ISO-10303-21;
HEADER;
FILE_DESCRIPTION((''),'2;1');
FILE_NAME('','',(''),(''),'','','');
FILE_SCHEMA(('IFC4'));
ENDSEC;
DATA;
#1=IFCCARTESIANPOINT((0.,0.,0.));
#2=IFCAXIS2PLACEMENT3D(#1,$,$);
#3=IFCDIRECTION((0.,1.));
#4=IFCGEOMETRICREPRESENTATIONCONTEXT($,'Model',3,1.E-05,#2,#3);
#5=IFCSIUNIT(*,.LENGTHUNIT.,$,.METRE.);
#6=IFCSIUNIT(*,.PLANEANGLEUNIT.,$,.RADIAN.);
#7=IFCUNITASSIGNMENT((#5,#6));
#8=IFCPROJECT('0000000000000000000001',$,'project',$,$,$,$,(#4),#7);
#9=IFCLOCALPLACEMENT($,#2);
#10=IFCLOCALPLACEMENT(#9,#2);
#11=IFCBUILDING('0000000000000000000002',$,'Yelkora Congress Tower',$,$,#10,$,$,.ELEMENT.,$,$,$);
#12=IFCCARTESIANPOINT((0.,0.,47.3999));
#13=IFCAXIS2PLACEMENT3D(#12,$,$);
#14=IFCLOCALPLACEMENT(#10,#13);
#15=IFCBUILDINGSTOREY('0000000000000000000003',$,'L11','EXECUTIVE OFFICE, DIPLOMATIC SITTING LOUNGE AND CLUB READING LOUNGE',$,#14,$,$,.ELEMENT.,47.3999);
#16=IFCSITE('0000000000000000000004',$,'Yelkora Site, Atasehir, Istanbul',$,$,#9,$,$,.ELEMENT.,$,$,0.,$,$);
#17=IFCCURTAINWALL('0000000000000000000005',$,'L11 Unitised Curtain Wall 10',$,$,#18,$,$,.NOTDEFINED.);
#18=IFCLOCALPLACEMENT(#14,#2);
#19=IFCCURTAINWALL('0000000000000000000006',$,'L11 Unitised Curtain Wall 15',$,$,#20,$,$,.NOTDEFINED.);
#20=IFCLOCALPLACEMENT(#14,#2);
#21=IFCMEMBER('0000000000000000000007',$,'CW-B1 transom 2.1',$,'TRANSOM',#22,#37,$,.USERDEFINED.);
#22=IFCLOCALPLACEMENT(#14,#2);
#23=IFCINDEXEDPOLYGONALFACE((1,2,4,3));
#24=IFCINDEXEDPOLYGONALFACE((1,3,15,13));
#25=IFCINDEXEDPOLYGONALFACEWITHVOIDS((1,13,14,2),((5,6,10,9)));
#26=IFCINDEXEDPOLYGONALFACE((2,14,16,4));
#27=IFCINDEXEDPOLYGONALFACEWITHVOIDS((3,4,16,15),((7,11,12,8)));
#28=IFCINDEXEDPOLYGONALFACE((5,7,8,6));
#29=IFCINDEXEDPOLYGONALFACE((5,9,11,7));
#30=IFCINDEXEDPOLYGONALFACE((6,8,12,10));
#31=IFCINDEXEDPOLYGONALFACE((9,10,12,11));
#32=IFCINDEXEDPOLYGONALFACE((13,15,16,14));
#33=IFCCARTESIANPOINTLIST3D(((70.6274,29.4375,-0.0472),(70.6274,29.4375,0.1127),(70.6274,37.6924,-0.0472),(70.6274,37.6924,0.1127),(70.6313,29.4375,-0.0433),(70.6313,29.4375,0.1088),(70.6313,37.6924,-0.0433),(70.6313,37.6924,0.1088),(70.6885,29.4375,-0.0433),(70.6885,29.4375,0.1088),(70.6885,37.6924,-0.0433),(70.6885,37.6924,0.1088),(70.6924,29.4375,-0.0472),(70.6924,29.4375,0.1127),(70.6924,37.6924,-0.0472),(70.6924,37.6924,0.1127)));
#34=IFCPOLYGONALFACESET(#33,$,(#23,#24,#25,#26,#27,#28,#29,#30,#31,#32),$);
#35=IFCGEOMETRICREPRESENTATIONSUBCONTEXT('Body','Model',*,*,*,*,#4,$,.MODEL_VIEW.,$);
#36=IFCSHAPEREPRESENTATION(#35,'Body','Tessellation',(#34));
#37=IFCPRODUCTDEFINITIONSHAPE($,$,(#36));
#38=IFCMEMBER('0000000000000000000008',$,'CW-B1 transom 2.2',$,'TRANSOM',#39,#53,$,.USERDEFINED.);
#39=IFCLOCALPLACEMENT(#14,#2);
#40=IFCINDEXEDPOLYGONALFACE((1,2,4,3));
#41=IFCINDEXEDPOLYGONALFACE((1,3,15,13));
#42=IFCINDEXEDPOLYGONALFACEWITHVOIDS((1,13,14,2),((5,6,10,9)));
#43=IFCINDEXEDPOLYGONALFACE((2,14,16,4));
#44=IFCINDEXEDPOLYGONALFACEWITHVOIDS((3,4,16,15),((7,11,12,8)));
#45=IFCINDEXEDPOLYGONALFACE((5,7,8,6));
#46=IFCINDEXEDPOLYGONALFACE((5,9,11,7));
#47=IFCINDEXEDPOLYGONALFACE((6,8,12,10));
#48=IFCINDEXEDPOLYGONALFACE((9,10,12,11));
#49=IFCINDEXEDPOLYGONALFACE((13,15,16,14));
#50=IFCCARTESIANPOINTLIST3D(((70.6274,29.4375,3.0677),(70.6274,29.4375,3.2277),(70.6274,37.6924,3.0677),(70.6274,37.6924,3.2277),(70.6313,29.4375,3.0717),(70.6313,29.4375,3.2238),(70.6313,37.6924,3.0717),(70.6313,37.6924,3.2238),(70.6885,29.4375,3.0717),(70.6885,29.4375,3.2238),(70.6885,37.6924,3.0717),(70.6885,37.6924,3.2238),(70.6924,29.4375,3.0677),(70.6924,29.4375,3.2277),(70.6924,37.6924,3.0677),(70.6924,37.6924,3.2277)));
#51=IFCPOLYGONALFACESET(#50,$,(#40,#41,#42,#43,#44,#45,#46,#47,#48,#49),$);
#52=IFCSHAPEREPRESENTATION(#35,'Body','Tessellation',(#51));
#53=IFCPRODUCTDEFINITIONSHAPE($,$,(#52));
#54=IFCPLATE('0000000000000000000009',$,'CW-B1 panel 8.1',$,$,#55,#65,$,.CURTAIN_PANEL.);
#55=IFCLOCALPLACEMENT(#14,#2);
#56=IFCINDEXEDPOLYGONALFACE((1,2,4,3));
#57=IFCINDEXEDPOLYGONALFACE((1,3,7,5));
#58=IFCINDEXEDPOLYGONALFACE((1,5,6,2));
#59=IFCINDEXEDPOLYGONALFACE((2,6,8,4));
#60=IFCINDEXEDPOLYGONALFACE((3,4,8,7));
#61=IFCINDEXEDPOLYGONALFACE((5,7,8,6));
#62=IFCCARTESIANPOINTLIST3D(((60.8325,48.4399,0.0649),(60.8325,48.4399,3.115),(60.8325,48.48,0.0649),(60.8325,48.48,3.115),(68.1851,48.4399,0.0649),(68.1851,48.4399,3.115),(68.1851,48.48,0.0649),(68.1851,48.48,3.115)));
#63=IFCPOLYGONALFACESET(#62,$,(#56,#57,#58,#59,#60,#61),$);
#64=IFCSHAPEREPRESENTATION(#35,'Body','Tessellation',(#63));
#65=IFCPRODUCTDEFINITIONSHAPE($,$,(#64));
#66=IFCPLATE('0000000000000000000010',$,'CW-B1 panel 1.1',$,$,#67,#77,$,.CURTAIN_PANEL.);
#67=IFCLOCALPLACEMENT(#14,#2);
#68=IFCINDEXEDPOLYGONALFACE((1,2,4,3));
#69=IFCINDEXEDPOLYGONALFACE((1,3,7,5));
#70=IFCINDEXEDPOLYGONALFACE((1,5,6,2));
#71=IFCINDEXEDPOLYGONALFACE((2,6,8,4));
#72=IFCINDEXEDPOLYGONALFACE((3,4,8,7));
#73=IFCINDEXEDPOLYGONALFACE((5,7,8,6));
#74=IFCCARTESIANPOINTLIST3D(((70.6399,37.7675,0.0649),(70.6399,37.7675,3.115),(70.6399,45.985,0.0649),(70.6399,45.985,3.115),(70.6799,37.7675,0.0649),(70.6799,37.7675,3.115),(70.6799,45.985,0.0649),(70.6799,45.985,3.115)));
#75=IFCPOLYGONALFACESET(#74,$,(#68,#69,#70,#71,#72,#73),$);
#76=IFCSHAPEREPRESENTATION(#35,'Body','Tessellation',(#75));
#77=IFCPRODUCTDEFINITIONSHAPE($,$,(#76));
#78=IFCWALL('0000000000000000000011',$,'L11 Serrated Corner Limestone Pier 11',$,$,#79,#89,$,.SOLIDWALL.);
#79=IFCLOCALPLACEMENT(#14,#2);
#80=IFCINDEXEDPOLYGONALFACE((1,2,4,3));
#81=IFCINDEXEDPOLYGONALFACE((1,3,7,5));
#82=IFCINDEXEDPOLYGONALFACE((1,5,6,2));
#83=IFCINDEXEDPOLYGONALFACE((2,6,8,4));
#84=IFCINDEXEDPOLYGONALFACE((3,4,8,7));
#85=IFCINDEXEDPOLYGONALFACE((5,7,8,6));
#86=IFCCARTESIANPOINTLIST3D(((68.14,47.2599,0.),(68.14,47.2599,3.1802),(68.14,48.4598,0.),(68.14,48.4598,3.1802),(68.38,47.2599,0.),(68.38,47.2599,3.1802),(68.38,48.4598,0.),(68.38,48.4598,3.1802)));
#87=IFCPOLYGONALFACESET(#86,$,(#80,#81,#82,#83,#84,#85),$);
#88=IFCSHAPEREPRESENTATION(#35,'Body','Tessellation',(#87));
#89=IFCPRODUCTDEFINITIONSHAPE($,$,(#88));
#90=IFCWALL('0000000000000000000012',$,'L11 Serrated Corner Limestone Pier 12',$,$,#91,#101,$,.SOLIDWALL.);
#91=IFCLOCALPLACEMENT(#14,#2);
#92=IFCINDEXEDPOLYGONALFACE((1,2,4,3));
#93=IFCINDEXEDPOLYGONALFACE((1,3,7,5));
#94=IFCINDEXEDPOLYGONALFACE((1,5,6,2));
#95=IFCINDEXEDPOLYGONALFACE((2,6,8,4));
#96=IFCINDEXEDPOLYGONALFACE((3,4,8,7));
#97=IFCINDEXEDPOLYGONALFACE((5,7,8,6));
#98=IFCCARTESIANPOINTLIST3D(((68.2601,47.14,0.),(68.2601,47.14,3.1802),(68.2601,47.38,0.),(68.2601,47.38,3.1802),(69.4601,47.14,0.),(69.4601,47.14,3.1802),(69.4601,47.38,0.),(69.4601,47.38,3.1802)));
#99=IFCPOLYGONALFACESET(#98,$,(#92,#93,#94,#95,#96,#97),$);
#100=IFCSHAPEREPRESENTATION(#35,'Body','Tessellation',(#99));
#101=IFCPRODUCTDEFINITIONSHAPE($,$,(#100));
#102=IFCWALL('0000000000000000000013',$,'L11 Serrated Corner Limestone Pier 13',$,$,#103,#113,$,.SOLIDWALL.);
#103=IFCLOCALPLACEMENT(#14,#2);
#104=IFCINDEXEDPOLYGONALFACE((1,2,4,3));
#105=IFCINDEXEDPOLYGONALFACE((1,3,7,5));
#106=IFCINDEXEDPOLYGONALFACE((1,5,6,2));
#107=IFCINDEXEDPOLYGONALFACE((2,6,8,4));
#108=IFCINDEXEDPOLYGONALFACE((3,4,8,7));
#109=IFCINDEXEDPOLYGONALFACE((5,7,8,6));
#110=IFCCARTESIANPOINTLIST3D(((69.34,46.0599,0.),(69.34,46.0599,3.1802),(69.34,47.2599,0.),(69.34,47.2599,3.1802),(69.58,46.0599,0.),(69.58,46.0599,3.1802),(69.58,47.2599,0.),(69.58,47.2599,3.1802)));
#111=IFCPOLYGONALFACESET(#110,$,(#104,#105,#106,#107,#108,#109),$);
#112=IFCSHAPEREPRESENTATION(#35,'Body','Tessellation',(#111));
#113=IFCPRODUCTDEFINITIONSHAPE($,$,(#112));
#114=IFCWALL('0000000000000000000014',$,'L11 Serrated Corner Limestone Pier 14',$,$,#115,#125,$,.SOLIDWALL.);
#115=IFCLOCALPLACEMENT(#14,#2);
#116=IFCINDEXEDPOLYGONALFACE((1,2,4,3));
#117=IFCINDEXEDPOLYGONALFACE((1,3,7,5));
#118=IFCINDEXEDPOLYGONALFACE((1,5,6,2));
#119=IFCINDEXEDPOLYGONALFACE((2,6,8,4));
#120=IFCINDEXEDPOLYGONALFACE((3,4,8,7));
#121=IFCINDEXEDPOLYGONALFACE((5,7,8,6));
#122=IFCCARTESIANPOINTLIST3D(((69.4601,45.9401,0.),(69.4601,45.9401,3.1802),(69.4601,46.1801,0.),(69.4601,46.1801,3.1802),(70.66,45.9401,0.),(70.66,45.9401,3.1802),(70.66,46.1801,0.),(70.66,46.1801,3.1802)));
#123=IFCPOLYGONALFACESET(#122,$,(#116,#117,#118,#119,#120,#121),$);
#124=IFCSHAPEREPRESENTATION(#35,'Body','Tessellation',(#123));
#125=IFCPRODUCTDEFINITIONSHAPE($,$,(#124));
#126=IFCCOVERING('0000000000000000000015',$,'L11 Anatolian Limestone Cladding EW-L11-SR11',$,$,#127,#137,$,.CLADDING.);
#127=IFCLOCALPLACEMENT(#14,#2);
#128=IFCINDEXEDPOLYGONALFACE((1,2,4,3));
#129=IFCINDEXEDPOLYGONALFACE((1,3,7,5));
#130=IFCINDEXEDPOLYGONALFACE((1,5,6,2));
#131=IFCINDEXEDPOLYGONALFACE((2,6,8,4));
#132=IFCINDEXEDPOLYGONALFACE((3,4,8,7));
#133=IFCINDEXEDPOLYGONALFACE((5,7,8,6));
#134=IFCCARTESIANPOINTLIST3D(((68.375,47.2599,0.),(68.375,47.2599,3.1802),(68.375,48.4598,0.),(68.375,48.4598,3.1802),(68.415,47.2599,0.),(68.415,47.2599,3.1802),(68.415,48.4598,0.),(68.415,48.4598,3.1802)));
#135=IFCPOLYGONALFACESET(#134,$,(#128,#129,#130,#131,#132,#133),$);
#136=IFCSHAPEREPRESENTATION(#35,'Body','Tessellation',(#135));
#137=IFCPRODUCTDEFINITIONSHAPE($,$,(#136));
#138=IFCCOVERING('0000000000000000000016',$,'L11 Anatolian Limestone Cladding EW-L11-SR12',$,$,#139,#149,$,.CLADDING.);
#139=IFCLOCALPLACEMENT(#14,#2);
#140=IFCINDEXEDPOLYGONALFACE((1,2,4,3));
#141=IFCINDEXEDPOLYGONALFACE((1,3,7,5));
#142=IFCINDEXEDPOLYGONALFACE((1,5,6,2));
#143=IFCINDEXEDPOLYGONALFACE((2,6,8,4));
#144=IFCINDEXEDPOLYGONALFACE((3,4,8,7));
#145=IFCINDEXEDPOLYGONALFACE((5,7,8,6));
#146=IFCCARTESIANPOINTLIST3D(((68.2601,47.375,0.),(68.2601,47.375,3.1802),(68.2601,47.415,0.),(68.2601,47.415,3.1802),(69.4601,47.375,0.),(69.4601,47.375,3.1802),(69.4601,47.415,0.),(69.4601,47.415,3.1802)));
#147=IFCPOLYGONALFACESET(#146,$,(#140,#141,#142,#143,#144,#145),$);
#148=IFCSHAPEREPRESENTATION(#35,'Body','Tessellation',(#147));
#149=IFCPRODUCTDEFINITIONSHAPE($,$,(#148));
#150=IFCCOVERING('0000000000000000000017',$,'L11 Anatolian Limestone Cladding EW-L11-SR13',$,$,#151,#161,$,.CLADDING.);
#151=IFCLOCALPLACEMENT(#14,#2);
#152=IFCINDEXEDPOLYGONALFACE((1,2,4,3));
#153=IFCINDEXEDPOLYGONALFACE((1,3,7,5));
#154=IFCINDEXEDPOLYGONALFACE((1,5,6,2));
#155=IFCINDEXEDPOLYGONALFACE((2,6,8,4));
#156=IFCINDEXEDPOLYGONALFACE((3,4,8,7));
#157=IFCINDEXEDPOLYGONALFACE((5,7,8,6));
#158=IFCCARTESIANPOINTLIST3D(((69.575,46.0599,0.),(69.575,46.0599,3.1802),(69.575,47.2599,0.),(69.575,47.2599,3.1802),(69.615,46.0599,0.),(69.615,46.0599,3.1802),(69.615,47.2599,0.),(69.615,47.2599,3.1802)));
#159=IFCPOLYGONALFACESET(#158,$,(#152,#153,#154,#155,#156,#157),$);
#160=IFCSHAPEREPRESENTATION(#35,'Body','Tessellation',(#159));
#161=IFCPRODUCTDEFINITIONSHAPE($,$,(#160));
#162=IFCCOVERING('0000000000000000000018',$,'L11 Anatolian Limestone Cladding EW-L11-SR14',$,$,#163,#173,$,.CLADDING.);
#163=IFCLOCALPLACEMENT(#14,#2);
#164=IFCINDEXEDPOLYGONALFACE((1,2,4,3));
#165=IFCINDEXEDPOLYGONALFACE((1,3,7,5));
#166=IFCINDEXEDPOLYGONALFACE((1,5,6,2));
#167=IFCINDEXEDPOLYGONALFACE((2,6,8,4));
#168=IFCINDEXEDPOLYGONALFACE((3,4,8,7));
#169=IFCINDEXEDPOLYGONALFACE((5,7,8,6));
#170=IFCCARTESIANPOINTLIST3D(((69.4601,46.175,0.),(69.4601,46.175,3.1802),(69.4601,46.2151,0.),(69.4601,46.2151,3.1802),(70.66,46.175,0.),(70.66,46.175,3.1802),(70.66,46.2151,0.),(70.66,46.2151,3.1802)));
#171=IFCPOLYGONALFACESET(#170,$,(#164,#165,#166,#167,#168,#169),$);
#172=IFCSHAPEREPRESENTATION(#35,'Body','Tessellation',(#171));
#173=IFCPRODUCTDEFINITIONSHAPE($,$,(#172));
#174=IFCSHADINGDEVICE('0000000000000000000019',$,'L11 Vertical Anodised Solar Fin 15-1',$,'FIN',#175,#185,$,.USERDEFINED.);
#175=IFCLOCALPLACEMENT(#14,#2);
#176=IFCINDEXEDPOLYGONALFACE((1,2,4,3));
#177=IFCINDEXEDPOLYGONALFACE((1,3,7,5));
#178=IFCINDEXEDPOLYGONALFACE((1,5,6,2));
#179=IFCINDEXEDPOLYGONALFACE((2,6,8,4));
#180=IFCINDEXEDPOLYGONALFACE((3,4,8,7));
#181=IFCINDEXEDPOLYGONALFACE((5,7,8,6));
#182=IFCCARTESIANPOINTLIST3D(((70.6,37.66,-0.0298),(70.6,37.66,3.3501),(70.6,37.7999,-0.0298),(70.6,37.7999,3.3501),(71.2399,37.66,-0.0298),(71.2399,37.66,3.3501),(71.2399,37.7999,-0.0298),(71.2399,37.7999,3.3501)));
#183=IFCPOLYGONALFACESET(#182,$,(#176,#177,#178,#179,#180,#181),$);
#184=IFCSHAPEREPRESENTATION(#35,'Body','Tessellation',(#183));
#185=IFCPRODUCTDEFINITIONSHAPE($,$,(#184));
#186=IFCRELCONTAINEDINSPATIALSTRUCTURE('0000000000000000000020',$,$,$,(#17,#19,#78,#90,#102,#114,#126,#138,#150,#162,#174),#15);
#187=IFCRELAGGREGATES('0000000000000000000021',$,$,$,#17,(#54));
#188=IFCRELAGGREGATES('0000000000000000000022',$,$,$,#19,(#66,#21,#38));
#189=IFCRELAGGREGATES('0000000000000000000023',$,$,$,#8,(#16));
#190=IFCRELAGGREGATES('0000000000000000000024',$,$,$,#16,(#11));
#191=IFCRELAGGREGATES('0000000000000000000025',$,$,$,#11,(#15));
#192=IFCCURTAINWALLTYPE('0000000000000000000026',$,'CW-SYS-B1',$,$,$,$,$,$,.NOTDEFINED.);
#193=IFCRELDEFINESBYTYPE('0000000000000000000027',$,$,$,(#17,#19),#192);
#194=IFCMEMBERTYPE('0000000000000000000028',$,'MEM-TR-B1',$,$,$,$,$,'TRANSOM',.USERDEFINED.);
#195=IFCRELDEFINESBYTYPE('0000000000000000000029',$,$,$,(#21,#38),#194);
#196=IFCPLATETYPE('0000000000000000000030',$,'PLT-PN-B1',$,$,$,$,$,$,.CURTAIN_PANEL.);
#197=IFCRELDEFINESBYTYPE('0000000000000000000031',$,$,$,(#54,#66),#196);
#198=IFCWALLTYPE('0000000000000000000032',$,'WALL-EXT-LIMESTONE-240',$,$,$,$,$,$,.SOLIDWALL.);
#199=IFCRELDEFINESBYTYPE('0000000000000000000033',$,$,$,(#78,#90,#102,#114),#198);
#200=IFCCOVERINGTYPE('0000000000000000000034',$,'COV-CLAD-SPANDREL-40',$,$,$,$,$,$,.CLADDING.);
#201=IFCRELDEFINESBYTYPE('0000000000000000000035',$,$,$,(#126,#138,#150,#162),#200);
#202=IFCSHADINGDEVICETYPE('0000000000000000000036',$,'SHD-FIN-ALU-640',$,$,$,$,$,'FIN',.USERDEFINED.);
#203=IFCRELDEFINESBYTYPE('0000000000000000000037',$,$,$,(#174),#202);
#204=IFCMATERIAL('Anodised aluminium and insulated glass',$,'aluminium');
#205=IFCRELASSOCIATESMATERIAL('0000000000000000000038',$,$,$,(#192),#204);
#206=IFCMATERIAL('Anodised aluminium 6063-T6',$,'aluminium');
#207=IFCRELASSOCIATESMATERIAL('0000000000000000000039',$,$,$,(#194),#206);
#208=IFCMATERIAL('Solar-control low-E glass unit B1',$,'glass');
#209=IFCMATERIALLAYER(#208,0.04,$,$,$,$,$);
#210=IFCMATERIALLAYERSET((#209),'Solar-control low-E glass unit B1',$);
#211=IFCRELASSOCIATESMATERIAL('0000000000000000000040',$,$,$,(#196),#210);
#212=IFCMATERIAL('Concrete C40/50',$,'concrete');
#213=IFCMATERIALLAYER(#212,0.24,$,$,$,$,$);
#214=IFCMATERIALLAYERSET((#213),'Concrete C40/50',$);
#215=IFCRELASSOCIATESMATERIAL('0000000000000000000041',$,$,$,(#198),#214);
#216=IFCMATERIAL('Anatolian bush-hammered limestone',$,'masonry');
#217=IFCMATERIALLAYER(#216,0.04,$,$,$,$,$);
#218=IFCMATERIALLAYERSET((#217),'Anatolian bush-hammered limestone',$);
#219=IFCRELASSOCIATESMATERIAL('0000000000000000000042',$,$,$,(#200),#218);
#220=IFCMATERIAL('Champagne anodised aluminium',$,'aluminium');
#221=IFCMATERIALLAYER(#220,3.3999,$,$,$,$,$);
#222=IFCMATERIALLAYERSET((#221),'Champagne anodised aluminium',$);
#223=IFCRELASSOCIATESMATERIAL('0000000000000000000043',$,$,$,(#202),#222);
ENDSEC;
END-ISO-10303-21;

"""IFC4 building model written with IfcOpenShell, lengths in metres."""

from ifc_helpers import new_model, si_unit, direction, frame, frame_2d, origin, origin_2d, place, context, subcontext, project, spatial, rectangle, hollow_rectangle, extrude, material, layer, layer_set, material_profile, profile_set, type_object, element, aggregate, save


model = new_model("IFC4")

# Units and contexts
model_context = context("Model", 3, precision=1e-05, world=origin(), true_north=direction((0.0, 1.0)))
body_context = subcontext(model_context, "Body", "Model", "MODEL_VIEW")
ifc_project = project(units=[si_unit("LENGTHUNIT", "METRE"), si_unit("PLANEANGLEUNIT", "RADIAN")], contexts=[model_context])

# Site, building, storey
site_placement = place(None, origin())
site = spatial("IfcSite", under=ifc_project, at=site_placement, Name="Yelkora Site, Atasehir, Istanbul", CompositionType="ELEMENT", RefElevation=0.0)
building_placement = place(site_placement, origin())
building = spatial("IfcBuilding", under=site, at=building_placement, Name="Yelkora Congress Tower", CompositionType="ELEMENT")
storey_placement = place(building_placement, frame((0.0, 0.0, 47.3999)))
storey = spatial("IfcBuildingStorey", under=building, at=storey_placement, Name="L11", Description="EXECUTIVE OFFICE, DIPLOMATIC SITTING LOUNGE AND CLUB READING LOUNGE", CompositionType="ELEMENT", Elevation=47.3999)

# Curtain wall
ifc_material_1 = material(Name="Anodised aluminium and insulated glass", Category="aluminium")
curtain_wall_type = type_object("IfcCurtainWallType", Name="CW-SYS-B1", PredefinedType="NOTDEFINED", material=ifc_material_1)
curtain_wall_1_placement = place(storey_placement, origin())
curtain_wall_1 = element("IfcCurtainWall", 1, at=curtain_wall_1_placement, inside=storey, type_object=curtain_wall_type, Name="L11 Unitised Curtain Wall 10", PredefinedType="NOTDEFINED")
ifc_material_2 = material(Name="Anodised aluminium 6063-T6", Category="aluminium")

# Curtain wall, members
curtain_wall_2_placement = place(storey_placement, origin())
curtain_wall_2 = element("IfcCurtainWall", 2, at=curtain_wall_2_placement, inside=storey, type_object=curtain_wall_type, Name="L11 Unitised Curtain Wall 15", PredefinedType="NOTDEFINED")
ifc_material_profile_1 = material_profile(ifc_material_2, hollow_rectangle(XDim=0.0649, YDim=0.1599, WallThickness=0.0039, at=origin_2d()), Name="ALU 65x160x4")
ifc_profile_set_1 = profile_set([ifc_material_profile_1], Name="Anodised aluminium 6063-T6")
member_type_1 = type_object("IfcMemberType", Name="MEM-TR-B1", ElementType="TRANSOM", PredefinedType="USERDEFINED", material=ifc_profile_set_1)
member_1_placement = place(storey_placement, frame((70.6599, 37.6924, 0.0327), z_axis=(0.0, -1.0, 0.0), x_axis=(1.0, 0.0, 0.0)))
member_1 = element("IfcMember", 3, at=member_1_placement, type_object=member_type_1, Name="CW-B1 transom 2.1", ObjectType="TRANSOM", PredefinedType="USERDEFINED", context=body_context, shape_type="SweptSolid", body=[
    extrude(hollow_rectangle(XDim=0.0649, YDim=0.1599, WallThickness=0.0039, at=origin_2d()), origin(), (0.0, 0.0, 1.0), 8.2549),
])
member_2_placement = place(storey_placement, frame((70.6599, 37.6924, 3.1477), z_axis=(0.0, -1.0, 0.0), x_axis=(1.0, 0.0, 0.0)))
member_2 = element("IfcMember", 4, at=member_2_placement, type_object=member_type_1, Name="CW-B1 transom 2.2", ObjectType="TRANSOM", PredefinedType="USERDEFINED", context=body_context, shape_type="SweptSolid", body=[
    extrude(hollow_rectangle(XDim=0.0649, YDim=0.1599, WallThickness=0.0039, at=origin_2d()), origin(), (0.0, 0.0, 1.0), 8.2549),
])

# Plates
ifc_material_3 = material(Name="Solar-control low-E glass unit B1", Category="glass")
ifc_layer_1 = layer(ifc_material_3, 0.04)
ifc_layer_set_1 = layer_set([ifc_layer_1], Name="Solar-control low-E glass unit B1")
plate_type = type_object("IfcPlateType", Name="PLT-PN-B1", PredefinedType="CURTAIN_PANEL", material=ifc_layer_set_1)
plate_1_placement = place(storey_placement, frame((64.5088, 48.46, 0.0649), z_axis=(0.0, 0.0, 1.0), x_axis=(1.0, 0.0, 0.0)))
plate_1 = element("IfcPlate", 5, at=plate_1_placement, type_object=plate_type, Name="CW-B1 panel 8.1", PredefinedType="CURTAIN_PANEL", context=body_context, shape_type="SweptSolid", body=[
    extrude(rectangle(XDim=7.3525, YDim=0.04, at=origin_2d()), origin(), (0.0, 0.0, 1.0), 3.05),
])
aggregate(curtain_wall_1, [plate_1])
plate_2_placement = place(storey_placement, frame((70.6599, 41.8762, 0.0649), z_axis=(0.0, 0.0, 1.0), x_axis=(0.0, -1.0, 0.0)))
plate_2 = element("IfcPlate", 6, at=plate_2_placement, type_object=plate_type, Name="CW-B1 panel 1.1", PredefinedType="CURTAIN_PANEL", context=body_context, shape_type="SweptSolid", body=[
    extrude(rectangle(XDim=8.2175, YDim=0.04, at=origin_2d()), origin(), (0.0, 0.0, 1.0), 3.05),
])
aggregate(curtain_wall_2, [plate_2, member_1, member_2])

# Walls
ifc_material_4 = material(Name="Concrete C40/50", Category="concrete")
ifc_layer_2 = layer(ifc_material_4, 0.24)
ifc_layer_set_2 = layer_set([ifc_layer_2], Name="Concrete C40/50")
wall_type = type_object("IfcWallType", Name="WALL-EXT-LIMESTONE-240", PredefinedType="SOLIDWALL", material=ifc_layer_set_2)
for number, where, z_axis, x_axis, name in (
    (7, (68.26, 48.46, 0.0), (0.0, 0.0, 1.0), (0.0, -1.0, 0.0), "L11 Serrated Corner Limestone Pier 11"),
    (8, (68.26, 47.26, 0.0), (0.0, 0.0, 1.0), (1.0, 0.0, 0.0), "L11 Serrated Corner Limestone Pier 12"),
    (9, (69.46, 47.26, 0.0), (0.0, 0.0, 1.0), (0.0, -1.0, 0.0), "L11 Serrated Corner Limestone Pier 13"),
    (10, (69.46, 46.0601, 0.0), (0.0, 0.0, 1.0), (1.0, 0.0, 0.0), "L11 Serrated Corner Limestone Pier 14"),
):
    element("IfcWall", number, at=place(storey_placement, frame(where, z_axis=z_axis, x_axis=x_axis)), inside=storey, type_object=wall_type, Name=name, PredefinedType="SOLIDWALL", context=body_context, shape_type="SweptSolid", body=[
        extrude(rectangle(XDim=1.2, YDim=0.24, at=frame_2d((0.6001, 0.0))), origin(), (0.0, 0.0, 1.0), 3.1802),
    ])

# Coverings
ifc_material_5 = material(Name="Anatolian bush-hammered limestone", Category="masonry")
ifc_layer_3 = layer(ifc_material_5, 0.04)
ifc_layer_set_3 = layer_set([ifc_layer_3], Name="Anatolian bush-hammered limestone")
covering_type = type_object("IfcCoveringType", Name="COV-CLAD-SPANDREL-40", PredefinedType="CLADDING", material=ifc_layer_set_3)
for number, where, z_axis, x_axis, name in (
    (11, (68.395, 48.46, 0.0), (0.0, 0.0, 1.0), (0.0, -1.0, 0.0), "L11 Anatolian Limestone Cladding EW-L11-SR11"),
    (12, (68.26, 47.395, 0.0), (0.0, 0.0, 1.0), (1.0, 0.0, 0.0), "L11 Anatolian Limestone Cladding EW-L11-SR12"),
    (13, (69.595, 47.26, 0.0), (0.0, 0.0, 1.0), (0.0, -1.0, 0.0), "L11 Anatolian Limestone Cladding EW-L11-SR13"),
    (14, (69.46, 46.1951, 0.0), (0.0, 0.0, 1.0), (1.0, 0.0, 0.0), "L11 Anatolian Limestone Cladding EW-L11-SR14"),
):
    element("IfcCovering", number, at=place(storey_placement, frame(where, z_axis=z_axis, x_axis=x_axis)), inside=storey, type_object=covering_type, Name=name, PredefinedType="CLADDING", context=body_context, shape_type="SweptSolid", body=[
        extrude(rectangle(XDim=1.2, YDim=0.04, at=frame_2d((0.6001, 0.0))), origin(), (0.0, 0.0, 1.0), 3.1802),
    ])

# Shading device
ifc_material_6 = material(Name="Champagne anodised aluminium", Category="aluminium")
ifc_layer_4 = layer(ifc_material_6, 3.3999)
ifc_layer_set_4 = layer_set([ifc_layer_4], Name="Champagne anodised aluminium")
shading_device_type = type_object("IfcShadingDeviceType", Name="SHD-FIN-ALU-640", ElementType="FIN", PredefinedType="USERDEFINED", material=ifc_layer_set_4)
shading_device_placement = place(storey_placement, frame((70.9199, 37.73, -0.0298), z_axis=(0.0, 0.0, 1.0), x_axis=(0.0, -1.0, 0.0)))
element("IfcShadingDevice", 15, at=shading_device_placement, inside=storey, type_object=shading_device_type, Name="L11 Vertical Anodised Solar Fin 15-1", ObjectType="FIN", PredefinedType="USERDEFINED", context=body_context, shape_type="SweptSolid", body=[
    extrude(rectangle(XDim=0.1399, YDim=0.6399, at=origin_2d()), origin(), (0.0, 0.0, 1.0), 3.3799),
])

save(model, "model.ifc")
